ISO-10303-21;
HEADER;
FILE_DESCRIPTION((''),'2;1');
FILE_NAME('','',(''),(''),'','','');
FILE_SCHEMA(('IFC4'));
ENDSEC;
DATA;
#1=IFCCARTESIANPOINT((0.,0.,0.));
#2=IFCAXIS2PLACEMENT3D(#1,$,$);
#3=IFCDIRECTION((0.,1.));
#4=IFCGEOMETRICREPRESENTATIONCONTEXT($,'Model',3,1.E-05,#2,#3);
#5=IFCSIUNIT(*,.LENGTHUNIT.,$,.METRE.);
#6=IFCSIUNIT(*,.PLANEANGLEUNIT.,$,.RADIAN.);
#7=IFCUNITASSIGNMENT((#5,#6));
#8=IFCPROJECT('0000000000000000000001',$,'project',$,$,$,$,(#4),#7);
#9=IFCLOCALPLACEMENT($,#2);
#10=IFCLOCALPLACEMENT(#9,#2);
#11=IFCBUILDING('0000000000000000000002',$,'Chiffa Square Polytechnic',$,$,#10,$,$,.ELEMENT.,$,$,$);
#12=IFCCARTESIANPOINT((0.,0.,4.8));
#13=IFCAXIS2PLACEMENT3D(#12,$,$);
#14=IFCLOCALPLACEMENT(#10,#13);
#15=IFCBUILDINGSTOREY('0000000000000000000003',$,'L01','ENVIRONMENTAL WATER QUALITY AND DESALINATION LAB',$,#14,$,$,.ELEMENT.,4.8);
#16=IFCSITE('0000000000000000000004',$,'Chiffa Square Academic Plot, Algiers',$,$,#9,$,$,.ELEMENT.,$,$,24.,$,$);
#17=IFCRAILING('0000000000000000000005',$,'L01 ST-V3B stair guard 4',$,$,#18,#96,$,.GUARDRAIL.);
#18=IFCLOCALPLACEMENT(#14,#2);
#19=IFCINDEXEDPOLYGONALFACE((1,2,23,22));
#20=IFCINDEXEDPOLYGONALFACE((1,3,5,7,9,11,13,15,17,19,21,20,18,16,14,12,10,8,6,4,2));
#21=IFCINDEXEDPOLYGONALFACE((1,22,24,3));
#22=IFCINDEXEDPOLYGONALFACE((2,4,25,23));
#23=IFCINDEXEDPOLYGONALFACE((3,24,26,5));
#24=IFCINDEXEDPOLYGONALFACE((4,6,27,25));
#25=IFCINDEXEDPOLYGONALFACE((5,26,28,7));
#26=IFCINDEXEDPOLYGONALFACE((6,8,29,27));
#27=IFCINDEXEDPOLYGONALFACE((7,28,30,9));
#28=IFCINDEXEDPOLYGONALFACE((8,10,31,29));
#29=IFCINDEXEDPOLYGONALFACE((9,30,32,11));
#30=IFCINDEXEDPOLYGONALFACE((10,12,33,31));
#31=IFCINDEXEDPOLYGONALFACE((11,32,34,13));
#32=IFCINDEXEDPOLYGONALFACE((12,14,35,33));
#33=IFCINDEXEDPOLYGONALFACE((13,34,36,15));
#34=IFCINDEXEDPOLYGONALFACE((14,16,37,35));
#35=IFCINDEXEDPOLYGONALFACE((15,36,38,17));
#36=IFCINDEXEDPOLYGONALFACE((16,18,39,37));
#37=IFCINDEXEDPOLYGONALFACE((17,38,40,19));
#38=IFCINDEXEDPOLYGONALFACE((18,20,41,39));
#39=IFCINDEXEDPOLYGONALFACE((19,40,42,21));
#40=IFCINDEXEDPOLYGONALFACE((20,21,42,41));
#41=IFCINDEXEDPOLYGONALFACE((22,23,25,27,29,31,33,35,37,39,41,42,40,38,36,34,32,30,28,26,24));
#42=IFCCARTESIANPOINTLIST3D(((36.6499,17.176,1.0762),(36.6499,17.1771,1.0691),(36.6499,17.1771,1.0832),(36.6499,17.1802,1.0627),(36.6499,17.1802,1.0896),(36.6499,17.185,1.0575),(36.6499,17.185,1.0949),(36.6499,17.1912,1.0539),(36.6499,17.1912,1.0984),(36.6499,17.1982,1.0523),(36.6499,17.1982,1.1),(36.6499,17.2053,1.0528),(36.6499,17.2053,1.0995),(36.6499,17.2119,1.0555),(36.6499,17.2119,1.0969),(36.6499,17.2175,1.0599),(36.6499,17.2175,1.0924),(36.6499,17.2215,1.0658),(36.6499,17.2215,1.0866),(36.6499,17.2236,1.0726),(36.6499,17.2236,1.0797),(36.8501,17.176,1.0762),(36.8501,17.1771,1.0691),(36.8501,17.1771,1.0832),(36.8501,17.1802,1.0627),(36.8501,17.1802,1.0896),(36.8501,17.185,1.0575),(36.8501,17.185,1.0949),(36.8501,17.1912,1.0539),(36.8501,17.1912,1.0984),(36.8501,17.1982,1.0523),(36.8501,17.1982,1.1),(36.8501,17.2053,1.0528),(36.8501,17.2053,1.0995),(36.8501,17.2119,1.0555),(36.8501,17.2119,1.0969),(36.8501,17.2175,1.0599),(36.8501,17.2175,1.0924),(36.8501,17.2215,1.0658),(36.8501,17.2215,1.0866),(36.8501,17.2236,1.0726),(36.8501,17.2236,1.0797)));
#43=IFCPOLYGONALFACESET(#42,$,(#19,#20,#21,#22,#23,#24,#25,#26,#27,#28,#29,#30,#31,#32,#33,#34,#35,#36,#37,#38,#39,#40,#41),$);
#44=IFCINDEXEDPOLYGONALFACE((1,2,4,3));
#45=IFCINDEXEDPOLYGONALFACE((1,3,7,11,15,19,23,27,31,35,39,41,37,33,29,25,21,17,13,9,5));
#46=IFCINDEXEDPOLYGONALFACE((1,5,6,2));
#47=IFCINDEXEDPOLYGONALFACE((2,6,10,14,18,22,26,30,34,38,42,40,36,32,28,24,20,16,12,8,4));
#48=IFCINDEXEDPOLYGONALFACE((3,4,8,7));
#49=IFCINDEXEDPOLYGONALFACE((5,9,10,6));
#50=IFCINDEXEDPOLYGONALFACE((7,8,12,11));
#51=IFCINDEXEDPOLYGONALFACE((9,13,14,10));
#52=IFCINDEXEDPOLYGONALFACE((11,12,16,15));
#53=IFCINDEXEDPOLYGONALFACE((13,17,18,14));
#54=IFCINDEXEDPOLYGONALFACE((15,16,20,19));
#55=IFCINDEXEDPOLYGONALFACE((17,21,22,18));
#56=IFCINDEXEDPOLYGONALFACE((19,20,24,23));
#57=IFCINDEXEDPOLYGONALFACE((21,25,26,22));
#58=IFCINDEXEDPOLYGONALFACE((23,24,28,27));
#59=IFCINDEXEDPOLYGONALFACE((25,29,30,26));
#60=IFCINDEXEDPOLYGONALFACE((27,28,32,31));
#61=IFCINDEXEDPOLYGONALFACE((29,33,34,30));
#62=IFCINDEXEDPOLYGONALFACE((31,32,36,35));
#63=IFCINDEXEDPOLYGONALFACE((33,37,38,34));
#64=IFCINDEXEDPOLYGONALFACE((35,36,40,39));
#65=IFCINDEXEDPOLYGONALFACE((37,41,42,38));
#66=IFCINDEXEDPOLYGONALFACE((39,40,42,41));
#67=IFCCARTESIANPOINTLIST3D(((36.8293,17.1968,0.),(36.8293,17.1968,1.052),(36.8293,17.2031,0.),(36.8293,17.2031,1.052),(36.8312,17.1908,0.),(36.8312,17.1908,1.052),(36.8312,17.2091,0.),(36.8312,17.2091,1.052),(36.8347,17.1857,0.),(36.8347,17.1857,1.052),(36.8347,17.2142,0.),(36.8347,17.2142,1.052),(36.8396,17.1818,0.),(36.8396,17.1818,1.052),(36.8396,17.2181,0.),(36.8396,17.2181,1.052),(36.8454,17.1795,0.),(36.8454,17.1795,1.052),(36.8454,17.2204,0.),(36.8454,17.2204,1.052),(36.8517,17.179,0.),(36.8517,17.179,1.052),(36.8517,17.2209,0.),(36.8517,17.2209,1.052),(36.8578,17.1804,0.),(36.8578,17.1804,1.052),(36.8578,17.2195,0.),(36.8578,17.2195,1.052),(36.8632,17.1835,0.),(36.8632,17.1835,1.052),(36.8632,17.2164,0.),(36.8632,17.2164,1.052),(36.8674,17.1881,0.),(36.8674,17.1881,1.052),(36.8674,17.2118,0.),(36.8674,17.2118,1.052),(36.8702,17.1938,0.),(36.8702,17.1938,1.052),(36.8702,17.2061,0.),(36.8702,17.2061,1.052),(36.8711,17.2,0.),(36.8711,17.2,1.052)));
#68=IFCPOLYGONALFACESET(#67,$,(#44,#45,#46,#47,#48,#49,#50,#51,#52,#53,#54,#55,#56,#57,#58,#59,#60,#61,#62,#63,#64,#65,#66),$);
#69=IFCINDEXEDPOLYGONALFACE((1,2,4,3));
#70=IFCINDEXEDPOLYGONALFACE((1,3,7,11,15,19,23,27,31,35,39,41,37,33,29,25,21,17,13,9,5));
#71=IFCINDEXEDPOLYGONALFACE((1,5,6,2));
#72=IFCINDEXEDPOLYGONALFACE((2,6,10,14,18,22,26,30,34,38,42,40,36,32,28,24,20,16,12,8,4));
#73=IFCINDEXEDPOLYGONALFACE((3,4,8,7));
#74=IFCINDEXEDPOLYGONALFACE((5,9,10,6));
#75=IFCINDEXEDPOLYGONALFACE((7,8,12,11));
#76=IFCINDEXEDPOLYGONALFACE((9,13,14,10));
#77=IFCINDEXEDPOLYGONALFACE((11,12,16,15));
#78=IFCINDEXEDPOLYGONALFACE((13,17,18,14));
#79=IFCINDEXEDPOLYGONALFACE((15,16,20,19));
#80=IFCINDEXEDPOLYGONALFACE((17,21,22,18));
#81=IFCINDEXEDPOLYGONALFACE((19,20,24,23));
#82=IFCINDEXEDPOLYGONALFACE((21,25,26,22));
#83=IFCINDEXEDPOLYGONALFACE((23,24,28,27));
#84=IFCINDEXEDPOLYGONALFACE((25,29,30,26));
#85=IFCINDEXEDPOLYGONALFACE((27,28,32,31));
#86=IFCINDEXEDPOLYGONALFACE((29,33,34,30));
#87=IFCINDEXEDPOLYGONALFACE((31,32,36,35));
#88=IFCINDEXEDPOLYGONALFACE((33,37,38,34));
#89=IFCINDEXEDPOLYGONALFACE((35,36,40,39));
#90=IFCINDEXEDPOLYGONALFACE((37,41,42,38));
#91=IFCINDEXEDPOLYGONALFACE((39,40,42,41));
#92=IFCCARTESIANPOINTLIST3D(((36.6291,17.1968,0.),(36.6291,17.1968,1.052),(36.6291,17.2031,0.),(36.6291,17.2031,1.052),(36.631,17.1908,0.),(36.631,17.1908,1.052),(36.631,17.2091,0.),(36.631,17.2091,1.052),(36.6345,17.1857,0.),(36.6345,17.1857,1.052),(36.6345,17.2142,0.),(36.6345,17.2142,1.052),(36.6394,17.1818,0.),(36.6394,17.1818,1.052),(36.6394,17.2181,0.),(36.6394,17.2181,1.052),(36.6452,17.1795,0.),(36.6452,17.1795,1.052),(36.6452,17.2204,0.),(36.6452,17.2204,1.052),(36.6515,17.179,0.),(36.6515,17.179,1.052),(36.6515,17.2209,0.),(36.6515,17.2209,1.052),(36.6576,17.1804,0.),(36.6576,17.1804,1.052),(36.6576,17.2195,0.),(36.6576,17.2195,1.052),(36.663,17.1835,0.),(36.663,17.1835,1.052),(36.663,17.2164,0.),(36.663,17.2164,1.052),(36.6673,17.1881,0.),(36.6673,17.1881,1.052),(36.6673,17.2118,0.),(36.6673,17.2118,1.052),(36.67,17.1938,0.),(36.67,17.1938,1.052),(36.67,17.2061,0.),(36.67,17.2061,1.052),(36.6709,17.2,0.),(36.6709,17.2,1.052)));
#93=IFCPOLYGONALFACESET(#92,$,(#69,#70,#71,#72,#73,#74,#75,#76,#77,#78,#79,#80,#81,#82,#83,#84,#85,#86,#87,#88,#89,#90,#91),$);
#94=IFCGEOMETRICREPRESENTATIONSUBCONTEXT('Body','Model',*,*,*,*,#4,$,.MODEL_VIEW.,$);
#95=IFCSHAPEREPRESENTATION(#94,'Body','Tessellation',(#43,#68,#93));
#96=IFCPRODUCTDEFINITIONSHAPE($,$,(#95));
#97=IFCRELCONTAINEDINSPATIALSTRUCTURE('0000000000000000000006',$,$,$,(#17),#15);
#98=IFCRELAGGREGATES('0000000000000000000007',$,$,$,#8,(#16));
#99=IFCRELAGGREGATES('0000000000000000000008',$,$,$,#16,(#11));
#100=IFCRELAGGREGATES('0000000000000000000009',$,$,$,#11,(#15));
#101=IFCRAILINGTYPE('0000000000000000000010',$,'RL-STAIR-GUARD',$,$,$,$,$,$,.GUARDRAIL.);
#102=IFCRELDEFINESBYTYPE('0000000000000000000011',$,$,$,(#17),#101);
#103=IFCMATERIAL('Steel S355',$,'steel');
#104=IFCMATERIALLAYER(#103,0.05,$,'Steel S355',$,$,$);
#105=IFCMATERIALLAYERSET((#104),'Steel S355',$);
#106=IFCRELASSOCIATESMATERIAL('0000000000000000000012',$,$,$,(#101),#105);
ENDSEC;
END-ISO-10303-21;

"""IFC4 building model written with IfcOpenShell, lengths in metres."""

from ifc_helpers import new_model, si_unit, direction, frame, origin, origin_2d, place, context, subcontext, project, spatial, circle, extrude, material, layer, layer_set, type_object, element, save


model = new_model("IFC4")

# Units and contexts
model_context = context("Model", 3, precision=1e-05, world=origin(), true_north=direction((0.0, 1.0)))
body_context = subcontext(model_context, "Body", "Model", "MODEL_VIEW")
ifc_project = project(units=[si_unit("LENGTHUNIT", "METRE"), si_unit("PLANEANGLEUNIT", "RADIAN")], contexts=[model_context])

# Site, building, storey
site_placement = place(None, origin())
site = spatial("IfcSite", under=ifc_project, at=site_placement, Name="Chiffa Square Academic Plot, Algiers", CompositionType="ELEMENT", RefElevation=24.0)
building_placement = place(site_placement, origin())
building = spatial("IfcBuilding", under=site, at=building_placement, Name="Chiffa Square Polytechnic", CompositionType="ELEMENT")
storey_placement = place(building_placement, frame((0.0, 0.0, 4.8)))
storey = spatial("IfcBuildingStorey", under=building, at=storey_placement, Name="L01", Description="ENVIRONMENTAL WATER QUALITY AND DESALINATION LAB", CompositionType="ELEMENT", Elevation=4.8)

# Railing
ifc_material_1 = material(Name="Steel S355", Category="steel")
ifc_layer_1 = layer(ifc_material_1, 0.05, Name="Steel S355")
ifc_layer_set_1 = layer_set([ifc_layer_1], Name="Steel S355")
railing_type_1 = type_object("IfcRailingType", Name="RL-STAIR-GUARD", PredefinedType="GUARDRAIL", material=ifc_layer_set_1)
railing_1_placement = place(storey_placement, frame((36.8501, 17.2, 0.0)))
element("IfcRailing", 1, at=railing_1_placement, inside=storey, type_object=railing_type_1, Name="L01 ST-V3B stair guard 4", PredefinedType="GUARDRAIL", context=body_context, shape_type="SweptSolid", body=[
    extrude(circle(Radius=0.0239, at=origin_2d()), frame((0.0, 0.0, 1.0762), z_axis=(-1.0, 0.0, 0.0), x_axis=(0.0, -1.0, 0.0)), (0.0, 0.0, 1.0), 0.2002),
    extrude(circle(Radius=0.021, at=origin_2d()), origin(), (0.0, 0.0, 1.0), 1.052),
    extrude(circle(Radius=0.021, at=origin_2d()), frame((-0.2002, 0.0, 0.0)), (0.0, 0.0, 1.0), 1.052),
])

save(model, "model.ifc")
